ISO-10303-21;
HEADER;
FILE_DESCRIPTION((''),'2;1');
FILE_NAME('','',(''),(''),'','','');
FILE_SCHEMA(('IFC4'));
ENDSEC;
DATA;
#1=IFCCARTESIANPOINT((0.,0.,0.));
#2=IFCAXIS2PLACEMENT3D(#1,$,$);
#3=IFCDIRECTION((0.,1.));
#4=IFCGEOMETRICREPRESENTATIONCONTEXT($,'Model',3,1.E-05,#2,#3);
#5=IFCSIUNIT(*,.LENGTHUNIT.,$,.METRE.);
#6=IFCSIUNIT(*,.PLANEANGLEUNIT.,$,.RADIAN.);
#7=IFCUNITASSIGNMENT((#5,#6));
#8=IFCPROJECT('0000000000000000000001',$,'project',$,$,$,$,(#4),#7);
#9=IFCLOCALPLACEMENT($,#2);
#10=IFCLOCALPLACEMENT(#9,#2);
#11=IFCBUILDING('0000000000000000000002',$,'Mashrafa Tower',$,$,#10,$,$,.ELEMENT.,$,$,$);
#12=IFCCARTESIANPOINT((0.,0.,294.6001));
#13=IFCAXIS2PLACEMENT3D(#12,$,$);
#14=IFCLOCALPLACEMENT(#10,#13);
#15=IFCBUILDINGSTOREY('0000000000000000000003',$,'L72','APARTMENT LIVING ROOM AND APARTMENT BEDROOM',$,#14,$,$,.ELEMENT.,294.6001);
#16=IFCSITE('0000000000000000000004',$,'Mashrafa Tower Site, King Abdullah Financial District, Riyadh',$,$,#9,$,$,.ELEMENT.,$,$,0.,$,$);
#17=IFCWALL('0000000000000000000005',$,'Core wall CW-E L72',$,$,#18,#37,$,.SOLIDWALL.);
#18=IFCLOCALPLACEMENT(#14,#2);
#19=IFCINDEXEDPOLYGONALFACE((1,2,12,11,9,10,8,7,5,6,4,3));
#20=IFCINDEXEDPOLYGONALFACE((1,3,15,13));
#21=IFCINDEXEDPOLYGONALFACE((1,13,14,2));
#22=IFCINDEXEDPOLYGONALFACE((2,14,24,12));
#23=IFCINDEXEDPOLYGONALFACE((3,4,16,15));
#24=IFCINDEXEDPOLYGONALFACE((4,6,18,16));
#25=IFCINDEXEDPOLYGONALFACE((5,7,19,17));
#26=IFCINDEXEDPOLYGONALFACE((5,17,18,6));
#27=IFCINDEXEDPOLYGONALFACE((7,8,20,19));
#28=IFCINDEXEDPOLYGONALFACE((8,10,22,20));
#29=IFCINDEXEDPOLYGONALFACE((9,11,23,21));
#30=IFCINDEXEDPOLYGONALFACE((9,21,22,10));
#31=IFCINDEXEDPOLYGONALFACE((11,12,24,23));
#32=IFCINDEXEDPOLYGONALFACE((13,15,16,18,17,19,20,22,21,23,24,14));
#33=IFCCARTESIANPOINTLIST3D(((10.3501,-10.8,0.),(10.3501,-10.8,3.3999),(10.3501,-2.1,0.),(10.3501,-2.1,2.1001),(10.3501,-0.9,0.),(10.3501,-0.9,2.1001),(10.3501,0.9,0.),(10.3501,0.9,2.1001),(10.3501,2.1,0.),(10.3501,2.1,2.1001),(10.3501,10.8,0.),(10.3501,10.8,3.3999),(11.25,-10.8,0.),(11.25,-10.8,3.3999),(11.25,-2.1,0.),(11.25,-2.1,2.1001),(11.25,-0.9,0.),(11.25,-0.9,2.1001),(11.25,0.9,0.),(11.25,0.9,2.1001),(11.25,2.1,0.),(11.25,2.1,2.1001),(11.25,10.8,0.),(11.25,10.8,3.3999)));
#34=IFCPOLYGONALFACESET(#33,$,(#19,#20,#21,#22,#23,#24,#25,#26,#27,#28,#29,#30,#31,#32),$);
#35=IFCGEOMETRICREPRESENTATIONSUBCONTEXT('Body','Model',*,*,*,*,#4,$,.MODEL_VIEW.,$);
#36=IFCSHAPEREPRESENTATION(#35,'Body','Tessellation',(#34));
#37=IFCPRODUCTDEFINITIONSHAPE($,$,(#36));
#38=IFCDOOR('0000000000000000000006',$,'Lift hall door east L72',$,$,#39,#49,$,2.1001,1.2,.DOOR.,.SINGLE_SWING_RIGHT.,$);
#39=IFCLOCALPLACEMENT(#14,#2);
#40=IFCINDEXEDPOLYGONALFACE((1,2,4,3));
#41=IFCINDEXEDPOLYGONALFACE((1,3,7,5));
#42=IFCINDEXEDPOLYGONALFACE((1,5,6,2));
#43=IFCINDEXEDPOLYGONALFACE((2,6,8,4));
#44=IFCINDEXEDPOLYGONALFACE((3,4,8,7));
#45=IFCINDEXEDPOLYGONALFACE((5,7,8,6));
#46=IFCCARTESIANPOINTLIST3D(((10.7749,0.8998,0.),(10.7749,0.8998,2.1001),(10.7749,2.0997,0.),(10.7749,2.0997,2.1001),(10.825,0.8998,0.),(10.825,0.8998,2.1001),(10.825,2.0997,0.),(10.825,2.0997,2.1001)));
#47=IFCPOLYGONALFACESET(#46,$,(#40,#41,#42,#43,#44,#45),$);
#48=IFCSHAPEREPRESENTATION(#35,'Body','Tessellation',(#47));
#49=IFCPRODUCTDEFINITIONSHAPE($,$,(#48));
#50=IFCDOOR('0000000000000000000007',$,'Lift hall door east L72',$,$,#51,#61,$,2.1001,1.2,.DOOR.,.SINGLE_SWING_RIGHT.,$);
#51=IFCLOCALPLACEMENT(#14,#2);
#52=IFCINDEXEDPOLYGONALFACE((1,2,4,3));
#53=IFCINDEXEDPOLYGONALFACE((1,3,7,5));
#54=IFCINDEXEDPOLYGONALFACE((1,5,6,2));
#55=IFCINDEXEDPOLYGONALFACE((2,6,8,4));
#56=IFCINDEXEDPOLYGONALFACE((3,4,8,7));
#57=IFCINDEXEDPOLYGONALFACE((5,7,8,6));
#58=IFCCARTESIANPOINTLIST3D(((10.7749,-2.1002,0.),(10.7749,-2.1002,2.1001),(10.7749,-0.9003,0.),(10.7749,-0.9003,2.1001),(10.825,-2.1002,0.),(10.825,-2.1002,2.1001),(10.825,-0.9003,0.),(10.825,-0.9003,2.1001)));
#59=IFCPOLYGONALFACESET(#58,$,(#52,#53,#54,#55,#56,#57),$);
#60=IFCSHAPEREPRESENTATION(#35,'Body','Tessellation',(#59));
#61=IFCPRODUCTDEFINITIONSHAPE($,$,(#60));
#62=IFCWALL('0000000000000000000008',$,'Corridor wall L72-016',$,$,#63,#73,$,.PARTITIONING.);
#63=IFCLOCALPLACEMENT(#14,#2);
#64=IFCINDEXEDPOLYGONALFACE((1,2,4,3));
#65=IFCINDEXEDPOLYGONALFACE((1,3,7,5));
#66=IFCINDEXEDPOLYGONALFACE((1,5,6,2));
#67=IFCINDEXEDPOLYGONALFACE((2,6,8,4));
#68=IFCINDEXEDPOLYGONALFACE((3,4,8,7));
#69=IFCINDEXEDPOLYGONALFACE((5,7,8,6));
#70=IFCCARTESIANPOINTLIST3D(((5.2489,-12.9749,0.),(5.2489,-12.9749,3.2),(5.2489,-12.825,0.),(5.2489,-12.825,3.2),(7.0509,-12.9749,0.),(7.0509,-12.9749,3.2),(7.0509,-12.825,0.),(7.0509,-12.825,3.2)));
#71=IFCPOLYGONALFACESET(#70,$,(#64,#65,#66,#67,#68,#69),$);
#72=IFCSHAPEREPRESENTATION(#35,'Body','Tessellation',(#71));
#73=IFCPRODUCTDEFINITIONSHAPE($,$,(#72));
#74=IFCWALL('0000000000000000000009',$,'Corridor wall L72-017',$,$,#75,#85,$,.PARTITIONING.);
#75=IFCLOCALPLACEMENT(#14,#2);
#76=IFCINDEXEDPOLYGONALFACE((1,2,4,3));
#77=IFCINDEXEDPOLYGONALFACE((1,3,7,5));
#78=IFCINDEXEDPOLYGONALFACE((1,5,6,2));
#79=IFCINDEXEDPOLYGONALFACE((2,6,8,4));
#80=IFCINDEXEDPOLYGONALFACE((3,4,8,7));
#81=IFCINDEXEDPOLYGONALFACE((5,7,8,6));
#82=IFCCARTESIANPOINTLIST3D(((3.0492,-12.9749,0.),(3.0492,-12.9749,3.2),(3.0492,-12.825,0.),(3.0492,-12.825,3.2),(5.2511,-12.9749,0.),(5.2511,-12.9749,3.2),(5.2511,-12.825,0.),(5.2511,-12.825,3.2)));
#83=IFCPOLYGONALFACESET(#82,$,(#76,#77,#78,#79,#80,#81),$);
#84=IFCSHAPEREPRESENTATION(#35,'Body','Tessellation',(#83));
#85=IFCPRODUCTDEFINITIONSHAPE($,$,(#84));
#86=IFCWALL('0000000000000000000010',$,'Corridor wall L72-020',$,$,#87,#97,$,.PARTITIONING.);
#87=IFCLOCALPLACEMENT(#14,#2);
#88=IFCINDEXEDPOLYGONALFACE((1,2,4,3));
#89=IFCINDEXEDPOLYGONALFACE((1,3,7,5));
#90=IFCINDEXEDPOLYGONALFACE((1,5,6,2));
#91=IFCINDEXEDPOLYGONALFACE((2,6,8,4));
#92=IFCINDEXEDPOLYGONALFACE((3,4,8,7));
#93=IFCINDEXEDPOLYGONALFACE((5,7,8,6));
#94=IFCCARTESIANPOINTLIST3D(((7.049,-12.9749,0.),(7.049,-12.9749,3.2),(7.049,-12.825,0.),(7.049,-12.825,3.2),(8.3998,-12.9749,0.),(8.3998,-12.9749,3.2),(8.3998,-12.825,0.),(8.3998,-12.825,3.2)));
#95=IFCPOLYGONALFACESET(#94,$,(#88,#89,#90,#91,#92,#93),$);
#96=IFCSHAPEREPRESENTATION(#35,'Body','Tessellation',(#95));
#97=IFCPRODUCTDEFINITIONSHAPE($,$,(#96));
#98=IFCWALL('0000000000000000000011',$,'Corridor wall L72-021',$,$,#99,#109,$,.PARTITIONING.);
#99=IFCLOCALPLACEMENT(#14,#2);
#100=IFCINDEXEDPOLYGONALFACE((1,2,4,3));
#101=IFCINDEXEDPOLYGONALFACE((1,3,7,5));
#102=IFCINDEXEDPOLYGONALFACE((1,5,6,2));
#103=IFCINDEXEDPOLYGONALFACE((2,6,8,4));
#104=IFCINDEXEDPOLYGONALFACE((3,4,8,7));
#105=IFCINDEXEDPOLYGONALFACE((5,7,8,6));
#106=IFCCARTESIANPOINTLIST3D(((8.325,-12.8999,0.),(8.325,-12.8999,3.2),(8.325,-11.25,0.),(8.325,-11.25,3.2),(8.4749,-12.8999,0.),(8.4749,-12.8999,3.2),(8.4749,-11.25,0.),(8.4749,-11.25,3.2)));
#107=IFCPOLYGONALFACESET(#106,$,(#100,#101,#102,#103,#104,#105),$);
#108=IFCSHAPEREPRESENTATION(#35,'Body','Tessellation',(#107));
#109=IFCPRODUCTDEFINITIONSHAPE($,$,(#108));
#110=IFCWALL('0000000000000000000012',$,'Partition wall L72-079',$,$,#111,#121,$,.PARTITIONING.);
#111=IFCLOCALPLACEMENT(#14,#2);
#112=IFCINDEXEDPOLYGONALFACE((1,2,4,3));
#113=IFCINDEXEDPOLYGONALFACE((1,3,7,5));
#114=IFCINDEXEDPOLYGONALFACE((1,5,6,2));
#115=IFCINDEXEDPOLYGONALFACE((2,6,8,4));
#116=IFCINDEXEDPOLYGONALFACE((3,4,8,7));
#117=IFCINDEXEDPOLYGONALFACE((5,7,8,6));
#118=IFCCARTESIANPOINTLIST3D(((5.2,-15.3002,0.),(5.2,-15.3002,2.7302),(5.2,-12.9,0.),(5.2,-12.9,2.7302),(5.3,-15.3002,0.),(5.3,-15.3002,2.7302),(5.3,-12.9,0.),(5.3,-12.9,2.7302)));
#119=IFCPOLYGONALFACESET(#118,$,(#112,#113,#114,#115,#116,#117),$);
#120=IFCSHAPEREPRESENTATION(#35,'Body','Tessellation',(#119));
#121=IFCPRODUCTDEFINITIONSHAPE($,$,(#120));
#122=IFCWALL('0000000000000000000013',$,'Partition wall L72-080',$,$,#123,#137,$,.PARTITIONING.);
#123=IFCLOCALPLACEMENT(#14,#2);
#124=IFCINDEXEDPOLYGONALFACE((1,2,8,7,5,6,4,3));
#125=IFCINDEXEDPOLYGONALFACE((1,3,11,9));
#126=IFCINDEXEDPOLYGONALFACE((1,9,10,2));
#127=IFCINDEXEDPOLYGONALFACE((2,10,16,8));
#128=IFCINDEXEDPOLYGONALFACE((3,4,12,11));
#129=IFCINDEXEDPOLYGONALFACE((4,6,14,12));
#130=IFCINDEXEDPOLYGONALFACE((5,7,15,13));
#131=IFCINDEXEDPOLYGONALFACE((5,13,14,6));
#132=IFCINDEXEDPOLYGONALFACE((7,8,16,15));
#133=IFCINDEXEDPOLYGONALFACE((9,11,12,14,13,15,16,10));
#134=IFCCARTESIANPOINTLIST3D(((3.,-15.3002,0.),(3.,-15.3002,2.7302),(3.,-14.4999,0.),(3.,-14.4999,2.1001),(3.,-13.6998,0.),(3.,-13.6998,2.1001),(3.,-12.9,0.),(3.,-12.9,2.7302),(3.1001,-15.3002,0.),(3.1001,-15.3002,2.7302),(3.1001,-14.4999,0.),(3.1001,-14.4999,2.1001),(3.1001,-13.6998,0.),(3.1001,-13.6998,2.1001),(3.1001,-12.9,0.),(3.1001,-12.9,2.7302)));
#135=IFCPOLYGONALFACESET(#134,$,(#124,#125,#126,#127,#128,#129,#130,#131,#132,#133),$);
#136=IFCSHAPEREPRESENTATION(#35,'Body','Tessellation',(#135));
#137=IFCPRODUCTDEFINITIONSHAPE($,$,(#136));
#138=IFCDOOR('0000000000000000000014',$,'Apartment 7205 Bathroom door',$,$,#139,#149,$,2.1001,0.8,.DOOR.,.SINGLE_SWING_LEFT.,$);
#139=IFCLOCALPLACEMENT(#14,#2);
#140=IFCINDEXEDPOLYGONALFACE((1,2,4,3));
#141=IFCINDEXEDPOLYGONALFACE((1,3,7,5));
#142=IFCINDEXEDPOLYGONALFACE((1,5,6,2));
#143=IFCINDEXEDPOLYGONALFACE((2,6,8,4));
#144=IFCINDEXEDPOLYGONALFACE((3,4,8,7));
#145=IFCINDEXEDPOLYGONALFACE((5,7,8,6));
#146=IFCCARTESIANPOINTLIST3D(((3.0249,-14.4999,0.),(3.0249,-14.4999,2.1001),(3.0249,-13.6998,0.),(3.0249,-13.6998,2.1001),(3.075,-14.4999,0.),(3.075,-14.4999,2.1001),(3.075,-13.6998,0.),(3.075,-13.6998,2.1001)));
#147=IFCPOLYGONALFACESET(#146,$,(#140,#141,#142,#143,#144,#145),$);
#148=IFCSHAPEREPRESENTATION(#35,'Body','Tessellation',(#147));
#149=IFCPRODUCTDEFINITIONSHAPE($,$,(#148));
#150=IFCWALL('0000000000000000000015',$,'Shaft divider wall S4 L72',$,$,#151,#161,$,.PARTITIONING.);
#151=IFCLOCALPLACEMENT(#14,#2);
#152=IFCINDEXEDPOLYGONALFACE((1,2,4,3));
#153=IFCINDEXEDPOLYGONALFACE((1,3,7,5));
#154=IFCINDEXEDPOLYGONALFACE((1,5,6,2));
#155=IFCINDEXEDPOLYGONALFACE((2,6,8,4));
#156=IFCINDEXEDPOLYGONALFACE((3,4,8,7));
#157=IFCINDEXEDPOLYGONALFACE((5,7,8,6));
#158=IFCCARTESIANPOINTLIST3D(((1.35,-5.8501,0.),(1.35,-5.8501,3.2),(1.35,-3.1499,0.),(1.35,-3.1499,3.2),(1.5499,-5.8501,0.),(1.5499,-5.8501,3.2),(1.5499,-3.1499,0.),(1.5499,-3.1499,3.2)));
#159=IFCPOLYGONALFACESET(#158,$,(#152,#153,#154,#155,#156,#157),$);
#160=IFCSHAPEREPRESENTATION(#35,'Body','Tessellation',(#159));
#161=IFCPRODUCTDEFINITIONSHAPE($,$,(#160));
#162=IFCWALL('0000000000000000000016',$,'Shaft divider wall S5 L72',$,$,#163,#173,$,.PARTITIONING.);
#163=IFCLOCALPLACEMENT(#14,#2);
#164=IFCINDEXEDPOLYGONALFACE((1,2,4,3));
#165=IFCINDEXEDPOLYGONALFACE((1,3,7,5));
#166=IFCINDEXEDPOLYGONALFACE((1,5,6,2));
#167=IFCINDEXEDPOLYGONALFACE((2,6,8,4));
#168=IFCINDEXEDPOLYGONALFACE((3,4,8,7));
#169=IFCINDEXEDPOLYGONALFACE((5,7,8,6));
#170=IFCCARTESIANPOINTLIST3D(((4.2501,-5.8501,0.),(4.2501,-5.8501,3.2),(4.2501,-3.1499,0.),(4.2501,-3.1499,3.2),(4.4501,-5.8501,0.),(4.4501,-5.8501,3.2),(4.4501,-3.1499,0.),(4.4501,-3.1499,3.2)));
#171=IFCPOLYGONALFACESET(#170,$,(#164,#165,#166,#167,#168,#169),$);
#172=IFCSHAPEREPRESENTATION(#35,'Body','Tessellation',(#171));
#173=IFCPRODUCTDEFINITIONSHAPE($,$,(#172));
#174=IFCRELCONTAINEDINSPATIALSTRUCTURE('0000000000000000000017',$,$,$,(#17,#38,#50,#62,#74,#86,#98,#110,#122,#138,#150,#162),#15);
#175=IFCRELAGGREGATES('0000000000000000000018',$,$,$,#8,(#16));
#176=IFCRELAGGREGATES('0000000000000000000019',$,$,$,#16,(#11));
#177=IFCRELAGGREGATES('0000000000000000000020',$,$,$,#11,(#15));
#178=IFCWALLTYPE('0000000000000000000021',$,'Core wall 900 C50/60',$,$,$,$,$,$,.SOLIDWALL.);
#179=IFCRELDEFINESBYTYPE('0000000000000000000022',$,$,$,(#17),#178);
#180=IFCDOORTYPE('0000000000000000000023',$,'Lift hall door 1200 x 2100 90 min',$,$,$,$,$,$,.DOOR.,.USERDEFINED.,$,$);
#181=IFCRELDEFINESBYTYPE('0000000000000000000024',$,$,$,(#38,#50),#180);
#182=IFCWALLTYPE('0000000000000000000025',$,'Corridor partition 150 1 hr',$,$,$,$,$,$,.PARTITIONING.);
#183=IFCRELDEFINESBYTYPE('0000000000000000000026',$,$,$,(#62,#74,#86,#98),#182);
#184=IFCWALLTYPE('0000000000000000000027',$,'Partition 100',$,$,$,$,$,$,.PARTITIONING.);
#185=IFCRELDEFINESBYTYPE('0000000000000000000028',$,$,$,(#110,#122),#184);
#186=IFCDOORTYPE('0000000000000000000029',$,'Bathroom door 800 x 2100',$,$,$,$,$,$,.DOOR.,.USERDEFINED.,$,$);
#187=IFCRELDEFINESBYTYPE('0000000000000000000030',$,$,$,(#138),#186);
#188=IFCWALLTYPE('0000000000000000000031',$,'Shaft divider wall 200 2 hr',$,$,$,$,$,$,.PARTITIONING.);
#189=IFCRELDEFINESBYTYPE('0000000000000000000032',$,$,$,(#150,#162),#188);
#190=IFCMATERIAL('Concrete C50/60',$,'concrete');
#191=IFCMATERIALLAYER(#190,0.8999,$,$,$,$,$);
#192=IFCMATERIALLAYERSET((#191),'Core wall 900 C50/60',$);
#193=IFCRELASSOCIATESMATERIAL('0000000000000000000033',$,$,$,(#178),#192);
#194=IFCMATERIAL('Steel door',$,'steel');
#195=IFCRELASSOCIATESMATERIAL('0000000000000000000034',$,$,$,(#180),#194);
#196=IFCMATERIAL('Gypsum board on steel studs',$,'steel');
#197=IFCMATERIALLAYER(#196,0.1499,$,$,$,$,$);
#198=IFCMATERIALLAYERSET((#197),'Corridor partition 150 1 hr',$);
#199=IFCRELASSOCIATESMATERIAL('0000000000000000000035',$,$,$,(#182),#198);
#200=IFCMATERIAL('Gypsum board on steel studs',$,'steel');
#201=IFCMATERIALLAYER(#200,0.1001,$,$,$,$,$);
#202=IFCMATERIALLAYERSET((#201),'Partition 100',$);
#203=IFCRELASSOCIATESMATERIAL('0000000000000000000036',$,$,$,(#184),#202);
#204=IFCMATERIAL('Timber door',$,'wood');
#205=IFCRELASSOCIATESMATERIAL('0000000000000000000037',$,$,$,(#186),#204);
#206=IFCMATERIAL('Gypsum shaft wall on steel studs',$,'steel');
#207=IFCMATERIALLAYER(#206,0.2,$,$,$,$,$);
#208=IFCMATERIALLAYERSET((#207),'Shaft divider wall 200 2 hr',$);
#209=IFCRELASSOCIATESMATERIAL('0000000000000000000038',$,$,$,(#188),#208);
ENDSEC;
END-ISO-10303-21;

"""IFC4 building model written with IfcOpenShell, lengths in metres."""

from ifc_helpers import new_model, si_unit, direction, frame, frame_2d, origin, place, context, subcontext, project, spatial, rectangle, extrude, material, layer, layer_set, type_object, element, fill, save


model = new_model("IFC4")

# Units and contexts
model_context = context("Model", 3, precision=1e-05, world=origin(), true_north=direction((0.0, 1.0)))
body_context = subcontext(model_context, "Body", "Model", "MODEL_VIEW")
ifc_project = project(units=[si_unit("LENGTHUNIT", "METRE"), si_unit("PLANEANGLEUNIT", "RADIAN")], contexts=[model_context])

# Site, building, storey
site_placement = place(None, origin())
site = spatial("IfcSite", under=ifc_project, at=site_placement, Name="Mashrafa Tower Site, King Abdullah Financial District, Riyadh", CompositionType="ELEMENT", RefElevation=0.0)
building_placement = place(site_placement, origin())
building = spatial("IfcBuilding", under=site, at=building_placement, Name="Mashrafa Tower", CompositionType="ELEMENT")
storey_placement = place(building_placement, frame((0.0, 0.0, 294.6001)))
storey = spatial("IfcBuildingStorey", under=building, at=storey_placement, Name="L72", Description="APARTMENT LIVING ROOM AND APARTMENT BEDROOM", CompositionType="ELEMENT", Elevation=294.6001)

# Wall, openings, doors
ifc_material_1 = material(Name="Concrete C50/60", Category="concrete")
ifc_layer_1 = layer(ifc_material_1, 0.8999)
ifc_layer_set_1 = layer_set([ifc_layer_1], Name="Core wall 900 C50/60")
wall_type_1 = type_object("IfcWallType", Name="Core wall 900 C50/60", PredefinedType="SOLIDWALL", material=ifc_layer_set_1)
wall_1_placement = place(storey_placement, frame((10.8, -10.8, 0.0), z_axis=(0.0, 0.0, 1.0), x_axis=(0.0, 1.0, 0.0)))
wall_1 = element("IfcWall", 1, at=wall_1_placement, inside=storey, type_object=wall_type_1, Name="Core wall CW-E L72", PredefinedType="SOLIDWALL", context=body_context, shape_type="SweptSolid", body=[
    extrude(rectangle(XDim=21.6001, YDim=0.8999, at=frame_2d((10.8, 0.0))), origin(), (0.0, 0.0, 1.0), 3.3999),
])
opening_1_placement = place(wall_1_placement, frame((11.7, 0.0, 0.0)))
opening_1 = element("IfcOpeningElement", 2, at=opening_1_placement, cuts=wall_1, PredefinedType="OPENING", context=body_context, shape_type="SweptSolid", body=[
    extrude(rectangle(XDim=1.2, YDim=2.1001, at=frame_2d((0.6001, 1.05))), frame((0.0, 0.46, 0.0), z_axis=(0.0, -1.0, 0.0), x_axis=(1.0, 0.0, 0.0)), (0.0, 0.0, 1.0), 0.9199),
])
opening_2_placement = place(wall_1_placement, frame((8.7, 0.0, 0.0)))
opening_2 = element("IfcOpeningElement", 3, at=opening_2_placement, cuts=wall_1, PredefinedType="OPENING", context=body_context, shape_type="SweptSolid", body=[
    extrude(rectangle(XDim=1.2, YDim=2.1001, at=frame_2d((0.6001, 1.05))), frame((0.0, 0.46, 0.0), z_axis=(0.0, -1.0, 0.0), x_axis=(1.0, 0.0, 0.0)), (0.0, 0.0, 1.0), 0.9199),
])
ifc_material_2 = material(Name="Steel door", Category="steel")
door_type_1 = type_object("IfcDoorType", Name="Lift hall door 1200 x 2100 90 min", OperationType="USERDEFINED", PredefinedType="DOOR", material=ifc_material_2)
door_1_placement = place(opening_1_placement, frame((1.2, 0.0, 0.0), z_axis=(0.0, 0.0, 1.0), x_axis=(-1.0, 0.0, 0.0)))
door_1 = element("IfcDoor", 4, at=door_1_placement, inside=storey, type_object=door_type_1, Name="Lift hall door east L72", OperationType="SINGLE_SWING_RIGHT", OverallHeight=2.1001, OverallWidth=1.2, PredefinedType="DOOR", context=body_context, shape_type="SweptSolid", body=[
    extrude(rectangle(XDim=1.2, YDim=2.1001, at=frame_2d((0.6001, 1.05))), frame((0.0, 0.0249, 0.0), z_axis=(0.0, -1.0, 0.0), x_axis=(1.0, 0.0, 0.0)), (0.0, 0.0, 1.0), 0.05),
])
fill(opening_1, door_1)
door_2_placement = place(opening_2_placement, frame((1.2, 0.0, 0.0), z_axis=(0.0, 0.0, 1.0), x_axis=(-1.0, 0.0, 0.0)))
door_2 = element("IfcDoor", 5, at=door_2_placement, inside=storey, type_object=door_type_1, Name="Lift hall door east L72", OperationType="SINGLE_SWING_RIGHT", OverallHeight=2.1001, OverallWidth=1.2, PredefinedType="DOOR", context=body_context, shape_type="SweptSolid", body=[
    extrude(rectangle(XDim=1.2, YDim=2.1001, at=frame_2d((0.6001, 1.05))), frame((0.0, 0.0249, 0.0), z_axis=(0.0, -1.0, 0.0), x_axis=(1.0, 0.0, 0.0)), (0.0, 0.0, 1.0), 0.05),
])
fill(opening_2, door_2)

# Walls
ifc_material_3 = material(Name="Gypsum board on steel studs", Category="steel")
ifc_layer_2 = layer(ifc_material_3, 0.1499)
ifc_layer_set_2 = layer_set([ifc_layer_2], Name="Corridor partition 150 1 hr")
wall_type_2 = type_object("IfcWallType", Name="Corridor partition 150 1 hr", PredefinedType="PARTITIONING", material=ifc_layer_set_2)
wall_2_placement = place(storey_placement, frame((5.249, -12.8999, 0.0), z_axis=(0.0, 0.0, 1.0), x_axis=(1.0, 0.0, 0.0)))
element("IfcWall", 6, at=wall_2_placement, inside=storey, type_object=wall_type_2, Name="Corridor wall L72-016", PredefinedType="PARTITIONING", context=body_context, shape_type="SweptSolid", body=[
    extrude(rectangle(XDim=1.802, YDim=0.1499, at=frame_2d((0.9009, 0.0))), origin(), (0.0, 0.0, 1.0), 3.2),
])
wall_3_placement = place(storey_placement, frame((3.0491, -12.8999, 0.0), z_axis=(0.0, 0.0, 1.0), x_axis=(1.0, 0.0, 0.0)))
element("IfcWall", 7, at=wall_3_placement, inside=storey, type_object=wall_type_2, Name="Corridor wall L72-017", PredefinedType="PARTITIONING", context=body_context, shape_type="SweptSolid", body=[
    extrude(rectangle(XDim=2.2019, YDim=0.1499, at=frame_2d((1.1011, 0.0))), origin(), (0.0, 0.0, 1.0), 3.2),
])
wall_4_placement = place(storey_placement, frame((7.0491, -12.8999, 0.0), z_axis=(0.0, 0.0, 1.0), x_axis=(1.0, 0.0, 0.0)))
element("IfcWall", 8, at=wall_4_placement, inside=storey, type_object=wall_type_2, Name="Corridor wall L72-020", PredefinedType="PARTITIONING", context=body_context, shape_type="SweptSolid", body=[
    extrude(rectangle(XDim=1.3508, YDim=0.1499, at=frame_2d((0.6753, 0.0))), origin(), (0.0, 0.0, 1.0), 3.2),
])
wall_5_placement = place(storey_placement, frame((8.3999, -12.8999, 0.0), z_axis=(0.0, 0.0, 1.0), x_axis=(0.0, 1.0, 0.0)))
element("IfcWall", 9, at=wall_5_placement, inside=storey, type_object=wall_type_2, Name="Corridor wall L72-021", PredefinedType="PARTITIONING", context=body_context, shape_type="SweptSolid", body=[
    extrude(rectangle(XDim=1.6499, YDim=0.1499, at=frame_2d((0.825, 0.0))), origin(), (0.0, 0.0, 1.0), 3.2),
])
ifc_material_4 = material(Name="Gypsum board on steel studs", Category="steel")
ifc_layer_3 = layer(ifc_material_4, 0.1001)
ifc_layer_set_3 = layer_set([ifc_layer_3], Name="Partition 100")
wall_type_3 = type_object("IfcWallType", Name="Partition 100", PredefinedType="PARTITIONING", material=ifc_layer_set_3)
wall_6_placement = place(storey_placement, frame((5.25, -12.8999, 0.0), z_axis=(0.0, 0.0, 1.0), x_axis=(0.0, -1.0, 0.0)))
element("IfcWall", 10, at=wall_6_placement, inside=storey, type_object=wall_type_3, Name="Partition wall L72-079", PredefinedType="PARTITIONING", context=body_context, shape_type="SweptSolid", body=[
    extrude(rectangle(XDim=2.4001, YDim=0.1001, at=frame_2d((1.2002, 0.0))), origin(), (0.0, 0.0, 1.0), 2.7302),
])

# Wall, opening, door
wall_7_placement = place(storey_placement, frame((3.05, -12.8999, 0.0), z_axis=(0.0, 0.0, 1.0), x_axis=(0.0, -1.0, 0.0)))
wall_7 = element("IfcWall", 11, at=wall_7_placement, inside=storey, type_object=wall_type_3, Name="Partition wall L72-080", PredefinedType="PARTITIONING", context=body_context, shape_type="SweptSolid", body=[
    extrude(rectangle(XDim=2.4001, YDim=0.1001, at=frame_2d((1.2002, 0.0))), origin(), (0.0, 0.0, 1.0), 2.7302),
])
opening_3_placement = place(wall_7_placement, frame((0.8, 0.0, 0.0)))
opening_3 = element("IfcOpeningElement", 12, at=opening_3_placement, cuts=wall_7, PredefinedType="OPENING", context=body_context, shape_type="SweptSolid", body=[
    extrude(rectangle(XDim=0.8, YDim=2.1001, at=frame_2d((0.3999, 1.05))), frame((0.0, 0.0601, 0.0), z_axis=(0.0, -1.0, 0.0), x_axis=(1.0, 0.0, 0.0)), (0.0, 0.0, 1.0), 0.1201),
])
ifc_material_5 = material(Name="Timber door", Category="wood")
door_type_2 = type_object("IfcDoorType", Name="Bathroom door 800 x 2100", OperationType="USERDEFINED", PredefinedType="DOOR", material=ifc_material_5)
door_3_placement = place(opening_3_placement, origin())
door_3 = element("IfcDoor", 13, at=door_3_placement, inside=storey, type_object=door_type_2, Name="Apartment 7205 Bathroom door", OperationType="SINGLE_SWING_LEFT", OverallHeight=2.1001, OverallWidth=0.8, PredefinedType="DOOR", context=body_context, shape_type="SweptSolid", body=[
    extrude(rectangle(XDim=0.8, YDim=2.1001, at=frame_2d((0.3999, 1.05))), frame((0.0, 0.0249, 0.0), z_axis=(0.0, -1.0, 0.0), x_axis=(1.0, 0.0, 0.0)), (0.0, 0.0, 1.0), 0.05),
])
fill(opening_3, door_3)

# Walls
ifc_material_6 = material(Name="Gypsum shaft wall on steel studs", Category="steel")
ifc_layer_4 = layer(ifc_material_6, 0.2)
ifc_layer_set_4 = layer_set([ifc_layer_4], Name="Shaft divider wall 200 2 hr")
wall_type_4 = type_object("IfcWallType", Name="Shaft divider wall 200 2 hr", PredefinedType="PARTITIONING", material=ifc_layer_set_4)
for number, where, z_axis, x_axis, name in (
    (14, (1.45, -5.8501, 0.0), (0.0, 0.0, 1.0), (0.0, 1.0, 0.0), "Shaft divider wall S4 L72"),
    (15, (4.3501, -5.8501, 0.0), (0.0, 0.0, 1.0), (0.0, 1.0, 0.0), "Shaft divider wall S5 L72"),
):
    element("IfcWall", number, at=place(storey_placement, frame(where, z_axis=z_axis, x_axis=x_axis)), inside=storey, type_object=wall_type_4, Name=name, PredefinedType="PARTITIONING", context=body_context, shape_type="SweptSolid", body=[
        extrude(rectangle(XDim=2.7002, YDim=0.2, at=frame_2d((1.3501, 0.0))), origin(), (0.0, 0.0, 1.0), 3.2),
    ])

save(model, "model.ifc")
